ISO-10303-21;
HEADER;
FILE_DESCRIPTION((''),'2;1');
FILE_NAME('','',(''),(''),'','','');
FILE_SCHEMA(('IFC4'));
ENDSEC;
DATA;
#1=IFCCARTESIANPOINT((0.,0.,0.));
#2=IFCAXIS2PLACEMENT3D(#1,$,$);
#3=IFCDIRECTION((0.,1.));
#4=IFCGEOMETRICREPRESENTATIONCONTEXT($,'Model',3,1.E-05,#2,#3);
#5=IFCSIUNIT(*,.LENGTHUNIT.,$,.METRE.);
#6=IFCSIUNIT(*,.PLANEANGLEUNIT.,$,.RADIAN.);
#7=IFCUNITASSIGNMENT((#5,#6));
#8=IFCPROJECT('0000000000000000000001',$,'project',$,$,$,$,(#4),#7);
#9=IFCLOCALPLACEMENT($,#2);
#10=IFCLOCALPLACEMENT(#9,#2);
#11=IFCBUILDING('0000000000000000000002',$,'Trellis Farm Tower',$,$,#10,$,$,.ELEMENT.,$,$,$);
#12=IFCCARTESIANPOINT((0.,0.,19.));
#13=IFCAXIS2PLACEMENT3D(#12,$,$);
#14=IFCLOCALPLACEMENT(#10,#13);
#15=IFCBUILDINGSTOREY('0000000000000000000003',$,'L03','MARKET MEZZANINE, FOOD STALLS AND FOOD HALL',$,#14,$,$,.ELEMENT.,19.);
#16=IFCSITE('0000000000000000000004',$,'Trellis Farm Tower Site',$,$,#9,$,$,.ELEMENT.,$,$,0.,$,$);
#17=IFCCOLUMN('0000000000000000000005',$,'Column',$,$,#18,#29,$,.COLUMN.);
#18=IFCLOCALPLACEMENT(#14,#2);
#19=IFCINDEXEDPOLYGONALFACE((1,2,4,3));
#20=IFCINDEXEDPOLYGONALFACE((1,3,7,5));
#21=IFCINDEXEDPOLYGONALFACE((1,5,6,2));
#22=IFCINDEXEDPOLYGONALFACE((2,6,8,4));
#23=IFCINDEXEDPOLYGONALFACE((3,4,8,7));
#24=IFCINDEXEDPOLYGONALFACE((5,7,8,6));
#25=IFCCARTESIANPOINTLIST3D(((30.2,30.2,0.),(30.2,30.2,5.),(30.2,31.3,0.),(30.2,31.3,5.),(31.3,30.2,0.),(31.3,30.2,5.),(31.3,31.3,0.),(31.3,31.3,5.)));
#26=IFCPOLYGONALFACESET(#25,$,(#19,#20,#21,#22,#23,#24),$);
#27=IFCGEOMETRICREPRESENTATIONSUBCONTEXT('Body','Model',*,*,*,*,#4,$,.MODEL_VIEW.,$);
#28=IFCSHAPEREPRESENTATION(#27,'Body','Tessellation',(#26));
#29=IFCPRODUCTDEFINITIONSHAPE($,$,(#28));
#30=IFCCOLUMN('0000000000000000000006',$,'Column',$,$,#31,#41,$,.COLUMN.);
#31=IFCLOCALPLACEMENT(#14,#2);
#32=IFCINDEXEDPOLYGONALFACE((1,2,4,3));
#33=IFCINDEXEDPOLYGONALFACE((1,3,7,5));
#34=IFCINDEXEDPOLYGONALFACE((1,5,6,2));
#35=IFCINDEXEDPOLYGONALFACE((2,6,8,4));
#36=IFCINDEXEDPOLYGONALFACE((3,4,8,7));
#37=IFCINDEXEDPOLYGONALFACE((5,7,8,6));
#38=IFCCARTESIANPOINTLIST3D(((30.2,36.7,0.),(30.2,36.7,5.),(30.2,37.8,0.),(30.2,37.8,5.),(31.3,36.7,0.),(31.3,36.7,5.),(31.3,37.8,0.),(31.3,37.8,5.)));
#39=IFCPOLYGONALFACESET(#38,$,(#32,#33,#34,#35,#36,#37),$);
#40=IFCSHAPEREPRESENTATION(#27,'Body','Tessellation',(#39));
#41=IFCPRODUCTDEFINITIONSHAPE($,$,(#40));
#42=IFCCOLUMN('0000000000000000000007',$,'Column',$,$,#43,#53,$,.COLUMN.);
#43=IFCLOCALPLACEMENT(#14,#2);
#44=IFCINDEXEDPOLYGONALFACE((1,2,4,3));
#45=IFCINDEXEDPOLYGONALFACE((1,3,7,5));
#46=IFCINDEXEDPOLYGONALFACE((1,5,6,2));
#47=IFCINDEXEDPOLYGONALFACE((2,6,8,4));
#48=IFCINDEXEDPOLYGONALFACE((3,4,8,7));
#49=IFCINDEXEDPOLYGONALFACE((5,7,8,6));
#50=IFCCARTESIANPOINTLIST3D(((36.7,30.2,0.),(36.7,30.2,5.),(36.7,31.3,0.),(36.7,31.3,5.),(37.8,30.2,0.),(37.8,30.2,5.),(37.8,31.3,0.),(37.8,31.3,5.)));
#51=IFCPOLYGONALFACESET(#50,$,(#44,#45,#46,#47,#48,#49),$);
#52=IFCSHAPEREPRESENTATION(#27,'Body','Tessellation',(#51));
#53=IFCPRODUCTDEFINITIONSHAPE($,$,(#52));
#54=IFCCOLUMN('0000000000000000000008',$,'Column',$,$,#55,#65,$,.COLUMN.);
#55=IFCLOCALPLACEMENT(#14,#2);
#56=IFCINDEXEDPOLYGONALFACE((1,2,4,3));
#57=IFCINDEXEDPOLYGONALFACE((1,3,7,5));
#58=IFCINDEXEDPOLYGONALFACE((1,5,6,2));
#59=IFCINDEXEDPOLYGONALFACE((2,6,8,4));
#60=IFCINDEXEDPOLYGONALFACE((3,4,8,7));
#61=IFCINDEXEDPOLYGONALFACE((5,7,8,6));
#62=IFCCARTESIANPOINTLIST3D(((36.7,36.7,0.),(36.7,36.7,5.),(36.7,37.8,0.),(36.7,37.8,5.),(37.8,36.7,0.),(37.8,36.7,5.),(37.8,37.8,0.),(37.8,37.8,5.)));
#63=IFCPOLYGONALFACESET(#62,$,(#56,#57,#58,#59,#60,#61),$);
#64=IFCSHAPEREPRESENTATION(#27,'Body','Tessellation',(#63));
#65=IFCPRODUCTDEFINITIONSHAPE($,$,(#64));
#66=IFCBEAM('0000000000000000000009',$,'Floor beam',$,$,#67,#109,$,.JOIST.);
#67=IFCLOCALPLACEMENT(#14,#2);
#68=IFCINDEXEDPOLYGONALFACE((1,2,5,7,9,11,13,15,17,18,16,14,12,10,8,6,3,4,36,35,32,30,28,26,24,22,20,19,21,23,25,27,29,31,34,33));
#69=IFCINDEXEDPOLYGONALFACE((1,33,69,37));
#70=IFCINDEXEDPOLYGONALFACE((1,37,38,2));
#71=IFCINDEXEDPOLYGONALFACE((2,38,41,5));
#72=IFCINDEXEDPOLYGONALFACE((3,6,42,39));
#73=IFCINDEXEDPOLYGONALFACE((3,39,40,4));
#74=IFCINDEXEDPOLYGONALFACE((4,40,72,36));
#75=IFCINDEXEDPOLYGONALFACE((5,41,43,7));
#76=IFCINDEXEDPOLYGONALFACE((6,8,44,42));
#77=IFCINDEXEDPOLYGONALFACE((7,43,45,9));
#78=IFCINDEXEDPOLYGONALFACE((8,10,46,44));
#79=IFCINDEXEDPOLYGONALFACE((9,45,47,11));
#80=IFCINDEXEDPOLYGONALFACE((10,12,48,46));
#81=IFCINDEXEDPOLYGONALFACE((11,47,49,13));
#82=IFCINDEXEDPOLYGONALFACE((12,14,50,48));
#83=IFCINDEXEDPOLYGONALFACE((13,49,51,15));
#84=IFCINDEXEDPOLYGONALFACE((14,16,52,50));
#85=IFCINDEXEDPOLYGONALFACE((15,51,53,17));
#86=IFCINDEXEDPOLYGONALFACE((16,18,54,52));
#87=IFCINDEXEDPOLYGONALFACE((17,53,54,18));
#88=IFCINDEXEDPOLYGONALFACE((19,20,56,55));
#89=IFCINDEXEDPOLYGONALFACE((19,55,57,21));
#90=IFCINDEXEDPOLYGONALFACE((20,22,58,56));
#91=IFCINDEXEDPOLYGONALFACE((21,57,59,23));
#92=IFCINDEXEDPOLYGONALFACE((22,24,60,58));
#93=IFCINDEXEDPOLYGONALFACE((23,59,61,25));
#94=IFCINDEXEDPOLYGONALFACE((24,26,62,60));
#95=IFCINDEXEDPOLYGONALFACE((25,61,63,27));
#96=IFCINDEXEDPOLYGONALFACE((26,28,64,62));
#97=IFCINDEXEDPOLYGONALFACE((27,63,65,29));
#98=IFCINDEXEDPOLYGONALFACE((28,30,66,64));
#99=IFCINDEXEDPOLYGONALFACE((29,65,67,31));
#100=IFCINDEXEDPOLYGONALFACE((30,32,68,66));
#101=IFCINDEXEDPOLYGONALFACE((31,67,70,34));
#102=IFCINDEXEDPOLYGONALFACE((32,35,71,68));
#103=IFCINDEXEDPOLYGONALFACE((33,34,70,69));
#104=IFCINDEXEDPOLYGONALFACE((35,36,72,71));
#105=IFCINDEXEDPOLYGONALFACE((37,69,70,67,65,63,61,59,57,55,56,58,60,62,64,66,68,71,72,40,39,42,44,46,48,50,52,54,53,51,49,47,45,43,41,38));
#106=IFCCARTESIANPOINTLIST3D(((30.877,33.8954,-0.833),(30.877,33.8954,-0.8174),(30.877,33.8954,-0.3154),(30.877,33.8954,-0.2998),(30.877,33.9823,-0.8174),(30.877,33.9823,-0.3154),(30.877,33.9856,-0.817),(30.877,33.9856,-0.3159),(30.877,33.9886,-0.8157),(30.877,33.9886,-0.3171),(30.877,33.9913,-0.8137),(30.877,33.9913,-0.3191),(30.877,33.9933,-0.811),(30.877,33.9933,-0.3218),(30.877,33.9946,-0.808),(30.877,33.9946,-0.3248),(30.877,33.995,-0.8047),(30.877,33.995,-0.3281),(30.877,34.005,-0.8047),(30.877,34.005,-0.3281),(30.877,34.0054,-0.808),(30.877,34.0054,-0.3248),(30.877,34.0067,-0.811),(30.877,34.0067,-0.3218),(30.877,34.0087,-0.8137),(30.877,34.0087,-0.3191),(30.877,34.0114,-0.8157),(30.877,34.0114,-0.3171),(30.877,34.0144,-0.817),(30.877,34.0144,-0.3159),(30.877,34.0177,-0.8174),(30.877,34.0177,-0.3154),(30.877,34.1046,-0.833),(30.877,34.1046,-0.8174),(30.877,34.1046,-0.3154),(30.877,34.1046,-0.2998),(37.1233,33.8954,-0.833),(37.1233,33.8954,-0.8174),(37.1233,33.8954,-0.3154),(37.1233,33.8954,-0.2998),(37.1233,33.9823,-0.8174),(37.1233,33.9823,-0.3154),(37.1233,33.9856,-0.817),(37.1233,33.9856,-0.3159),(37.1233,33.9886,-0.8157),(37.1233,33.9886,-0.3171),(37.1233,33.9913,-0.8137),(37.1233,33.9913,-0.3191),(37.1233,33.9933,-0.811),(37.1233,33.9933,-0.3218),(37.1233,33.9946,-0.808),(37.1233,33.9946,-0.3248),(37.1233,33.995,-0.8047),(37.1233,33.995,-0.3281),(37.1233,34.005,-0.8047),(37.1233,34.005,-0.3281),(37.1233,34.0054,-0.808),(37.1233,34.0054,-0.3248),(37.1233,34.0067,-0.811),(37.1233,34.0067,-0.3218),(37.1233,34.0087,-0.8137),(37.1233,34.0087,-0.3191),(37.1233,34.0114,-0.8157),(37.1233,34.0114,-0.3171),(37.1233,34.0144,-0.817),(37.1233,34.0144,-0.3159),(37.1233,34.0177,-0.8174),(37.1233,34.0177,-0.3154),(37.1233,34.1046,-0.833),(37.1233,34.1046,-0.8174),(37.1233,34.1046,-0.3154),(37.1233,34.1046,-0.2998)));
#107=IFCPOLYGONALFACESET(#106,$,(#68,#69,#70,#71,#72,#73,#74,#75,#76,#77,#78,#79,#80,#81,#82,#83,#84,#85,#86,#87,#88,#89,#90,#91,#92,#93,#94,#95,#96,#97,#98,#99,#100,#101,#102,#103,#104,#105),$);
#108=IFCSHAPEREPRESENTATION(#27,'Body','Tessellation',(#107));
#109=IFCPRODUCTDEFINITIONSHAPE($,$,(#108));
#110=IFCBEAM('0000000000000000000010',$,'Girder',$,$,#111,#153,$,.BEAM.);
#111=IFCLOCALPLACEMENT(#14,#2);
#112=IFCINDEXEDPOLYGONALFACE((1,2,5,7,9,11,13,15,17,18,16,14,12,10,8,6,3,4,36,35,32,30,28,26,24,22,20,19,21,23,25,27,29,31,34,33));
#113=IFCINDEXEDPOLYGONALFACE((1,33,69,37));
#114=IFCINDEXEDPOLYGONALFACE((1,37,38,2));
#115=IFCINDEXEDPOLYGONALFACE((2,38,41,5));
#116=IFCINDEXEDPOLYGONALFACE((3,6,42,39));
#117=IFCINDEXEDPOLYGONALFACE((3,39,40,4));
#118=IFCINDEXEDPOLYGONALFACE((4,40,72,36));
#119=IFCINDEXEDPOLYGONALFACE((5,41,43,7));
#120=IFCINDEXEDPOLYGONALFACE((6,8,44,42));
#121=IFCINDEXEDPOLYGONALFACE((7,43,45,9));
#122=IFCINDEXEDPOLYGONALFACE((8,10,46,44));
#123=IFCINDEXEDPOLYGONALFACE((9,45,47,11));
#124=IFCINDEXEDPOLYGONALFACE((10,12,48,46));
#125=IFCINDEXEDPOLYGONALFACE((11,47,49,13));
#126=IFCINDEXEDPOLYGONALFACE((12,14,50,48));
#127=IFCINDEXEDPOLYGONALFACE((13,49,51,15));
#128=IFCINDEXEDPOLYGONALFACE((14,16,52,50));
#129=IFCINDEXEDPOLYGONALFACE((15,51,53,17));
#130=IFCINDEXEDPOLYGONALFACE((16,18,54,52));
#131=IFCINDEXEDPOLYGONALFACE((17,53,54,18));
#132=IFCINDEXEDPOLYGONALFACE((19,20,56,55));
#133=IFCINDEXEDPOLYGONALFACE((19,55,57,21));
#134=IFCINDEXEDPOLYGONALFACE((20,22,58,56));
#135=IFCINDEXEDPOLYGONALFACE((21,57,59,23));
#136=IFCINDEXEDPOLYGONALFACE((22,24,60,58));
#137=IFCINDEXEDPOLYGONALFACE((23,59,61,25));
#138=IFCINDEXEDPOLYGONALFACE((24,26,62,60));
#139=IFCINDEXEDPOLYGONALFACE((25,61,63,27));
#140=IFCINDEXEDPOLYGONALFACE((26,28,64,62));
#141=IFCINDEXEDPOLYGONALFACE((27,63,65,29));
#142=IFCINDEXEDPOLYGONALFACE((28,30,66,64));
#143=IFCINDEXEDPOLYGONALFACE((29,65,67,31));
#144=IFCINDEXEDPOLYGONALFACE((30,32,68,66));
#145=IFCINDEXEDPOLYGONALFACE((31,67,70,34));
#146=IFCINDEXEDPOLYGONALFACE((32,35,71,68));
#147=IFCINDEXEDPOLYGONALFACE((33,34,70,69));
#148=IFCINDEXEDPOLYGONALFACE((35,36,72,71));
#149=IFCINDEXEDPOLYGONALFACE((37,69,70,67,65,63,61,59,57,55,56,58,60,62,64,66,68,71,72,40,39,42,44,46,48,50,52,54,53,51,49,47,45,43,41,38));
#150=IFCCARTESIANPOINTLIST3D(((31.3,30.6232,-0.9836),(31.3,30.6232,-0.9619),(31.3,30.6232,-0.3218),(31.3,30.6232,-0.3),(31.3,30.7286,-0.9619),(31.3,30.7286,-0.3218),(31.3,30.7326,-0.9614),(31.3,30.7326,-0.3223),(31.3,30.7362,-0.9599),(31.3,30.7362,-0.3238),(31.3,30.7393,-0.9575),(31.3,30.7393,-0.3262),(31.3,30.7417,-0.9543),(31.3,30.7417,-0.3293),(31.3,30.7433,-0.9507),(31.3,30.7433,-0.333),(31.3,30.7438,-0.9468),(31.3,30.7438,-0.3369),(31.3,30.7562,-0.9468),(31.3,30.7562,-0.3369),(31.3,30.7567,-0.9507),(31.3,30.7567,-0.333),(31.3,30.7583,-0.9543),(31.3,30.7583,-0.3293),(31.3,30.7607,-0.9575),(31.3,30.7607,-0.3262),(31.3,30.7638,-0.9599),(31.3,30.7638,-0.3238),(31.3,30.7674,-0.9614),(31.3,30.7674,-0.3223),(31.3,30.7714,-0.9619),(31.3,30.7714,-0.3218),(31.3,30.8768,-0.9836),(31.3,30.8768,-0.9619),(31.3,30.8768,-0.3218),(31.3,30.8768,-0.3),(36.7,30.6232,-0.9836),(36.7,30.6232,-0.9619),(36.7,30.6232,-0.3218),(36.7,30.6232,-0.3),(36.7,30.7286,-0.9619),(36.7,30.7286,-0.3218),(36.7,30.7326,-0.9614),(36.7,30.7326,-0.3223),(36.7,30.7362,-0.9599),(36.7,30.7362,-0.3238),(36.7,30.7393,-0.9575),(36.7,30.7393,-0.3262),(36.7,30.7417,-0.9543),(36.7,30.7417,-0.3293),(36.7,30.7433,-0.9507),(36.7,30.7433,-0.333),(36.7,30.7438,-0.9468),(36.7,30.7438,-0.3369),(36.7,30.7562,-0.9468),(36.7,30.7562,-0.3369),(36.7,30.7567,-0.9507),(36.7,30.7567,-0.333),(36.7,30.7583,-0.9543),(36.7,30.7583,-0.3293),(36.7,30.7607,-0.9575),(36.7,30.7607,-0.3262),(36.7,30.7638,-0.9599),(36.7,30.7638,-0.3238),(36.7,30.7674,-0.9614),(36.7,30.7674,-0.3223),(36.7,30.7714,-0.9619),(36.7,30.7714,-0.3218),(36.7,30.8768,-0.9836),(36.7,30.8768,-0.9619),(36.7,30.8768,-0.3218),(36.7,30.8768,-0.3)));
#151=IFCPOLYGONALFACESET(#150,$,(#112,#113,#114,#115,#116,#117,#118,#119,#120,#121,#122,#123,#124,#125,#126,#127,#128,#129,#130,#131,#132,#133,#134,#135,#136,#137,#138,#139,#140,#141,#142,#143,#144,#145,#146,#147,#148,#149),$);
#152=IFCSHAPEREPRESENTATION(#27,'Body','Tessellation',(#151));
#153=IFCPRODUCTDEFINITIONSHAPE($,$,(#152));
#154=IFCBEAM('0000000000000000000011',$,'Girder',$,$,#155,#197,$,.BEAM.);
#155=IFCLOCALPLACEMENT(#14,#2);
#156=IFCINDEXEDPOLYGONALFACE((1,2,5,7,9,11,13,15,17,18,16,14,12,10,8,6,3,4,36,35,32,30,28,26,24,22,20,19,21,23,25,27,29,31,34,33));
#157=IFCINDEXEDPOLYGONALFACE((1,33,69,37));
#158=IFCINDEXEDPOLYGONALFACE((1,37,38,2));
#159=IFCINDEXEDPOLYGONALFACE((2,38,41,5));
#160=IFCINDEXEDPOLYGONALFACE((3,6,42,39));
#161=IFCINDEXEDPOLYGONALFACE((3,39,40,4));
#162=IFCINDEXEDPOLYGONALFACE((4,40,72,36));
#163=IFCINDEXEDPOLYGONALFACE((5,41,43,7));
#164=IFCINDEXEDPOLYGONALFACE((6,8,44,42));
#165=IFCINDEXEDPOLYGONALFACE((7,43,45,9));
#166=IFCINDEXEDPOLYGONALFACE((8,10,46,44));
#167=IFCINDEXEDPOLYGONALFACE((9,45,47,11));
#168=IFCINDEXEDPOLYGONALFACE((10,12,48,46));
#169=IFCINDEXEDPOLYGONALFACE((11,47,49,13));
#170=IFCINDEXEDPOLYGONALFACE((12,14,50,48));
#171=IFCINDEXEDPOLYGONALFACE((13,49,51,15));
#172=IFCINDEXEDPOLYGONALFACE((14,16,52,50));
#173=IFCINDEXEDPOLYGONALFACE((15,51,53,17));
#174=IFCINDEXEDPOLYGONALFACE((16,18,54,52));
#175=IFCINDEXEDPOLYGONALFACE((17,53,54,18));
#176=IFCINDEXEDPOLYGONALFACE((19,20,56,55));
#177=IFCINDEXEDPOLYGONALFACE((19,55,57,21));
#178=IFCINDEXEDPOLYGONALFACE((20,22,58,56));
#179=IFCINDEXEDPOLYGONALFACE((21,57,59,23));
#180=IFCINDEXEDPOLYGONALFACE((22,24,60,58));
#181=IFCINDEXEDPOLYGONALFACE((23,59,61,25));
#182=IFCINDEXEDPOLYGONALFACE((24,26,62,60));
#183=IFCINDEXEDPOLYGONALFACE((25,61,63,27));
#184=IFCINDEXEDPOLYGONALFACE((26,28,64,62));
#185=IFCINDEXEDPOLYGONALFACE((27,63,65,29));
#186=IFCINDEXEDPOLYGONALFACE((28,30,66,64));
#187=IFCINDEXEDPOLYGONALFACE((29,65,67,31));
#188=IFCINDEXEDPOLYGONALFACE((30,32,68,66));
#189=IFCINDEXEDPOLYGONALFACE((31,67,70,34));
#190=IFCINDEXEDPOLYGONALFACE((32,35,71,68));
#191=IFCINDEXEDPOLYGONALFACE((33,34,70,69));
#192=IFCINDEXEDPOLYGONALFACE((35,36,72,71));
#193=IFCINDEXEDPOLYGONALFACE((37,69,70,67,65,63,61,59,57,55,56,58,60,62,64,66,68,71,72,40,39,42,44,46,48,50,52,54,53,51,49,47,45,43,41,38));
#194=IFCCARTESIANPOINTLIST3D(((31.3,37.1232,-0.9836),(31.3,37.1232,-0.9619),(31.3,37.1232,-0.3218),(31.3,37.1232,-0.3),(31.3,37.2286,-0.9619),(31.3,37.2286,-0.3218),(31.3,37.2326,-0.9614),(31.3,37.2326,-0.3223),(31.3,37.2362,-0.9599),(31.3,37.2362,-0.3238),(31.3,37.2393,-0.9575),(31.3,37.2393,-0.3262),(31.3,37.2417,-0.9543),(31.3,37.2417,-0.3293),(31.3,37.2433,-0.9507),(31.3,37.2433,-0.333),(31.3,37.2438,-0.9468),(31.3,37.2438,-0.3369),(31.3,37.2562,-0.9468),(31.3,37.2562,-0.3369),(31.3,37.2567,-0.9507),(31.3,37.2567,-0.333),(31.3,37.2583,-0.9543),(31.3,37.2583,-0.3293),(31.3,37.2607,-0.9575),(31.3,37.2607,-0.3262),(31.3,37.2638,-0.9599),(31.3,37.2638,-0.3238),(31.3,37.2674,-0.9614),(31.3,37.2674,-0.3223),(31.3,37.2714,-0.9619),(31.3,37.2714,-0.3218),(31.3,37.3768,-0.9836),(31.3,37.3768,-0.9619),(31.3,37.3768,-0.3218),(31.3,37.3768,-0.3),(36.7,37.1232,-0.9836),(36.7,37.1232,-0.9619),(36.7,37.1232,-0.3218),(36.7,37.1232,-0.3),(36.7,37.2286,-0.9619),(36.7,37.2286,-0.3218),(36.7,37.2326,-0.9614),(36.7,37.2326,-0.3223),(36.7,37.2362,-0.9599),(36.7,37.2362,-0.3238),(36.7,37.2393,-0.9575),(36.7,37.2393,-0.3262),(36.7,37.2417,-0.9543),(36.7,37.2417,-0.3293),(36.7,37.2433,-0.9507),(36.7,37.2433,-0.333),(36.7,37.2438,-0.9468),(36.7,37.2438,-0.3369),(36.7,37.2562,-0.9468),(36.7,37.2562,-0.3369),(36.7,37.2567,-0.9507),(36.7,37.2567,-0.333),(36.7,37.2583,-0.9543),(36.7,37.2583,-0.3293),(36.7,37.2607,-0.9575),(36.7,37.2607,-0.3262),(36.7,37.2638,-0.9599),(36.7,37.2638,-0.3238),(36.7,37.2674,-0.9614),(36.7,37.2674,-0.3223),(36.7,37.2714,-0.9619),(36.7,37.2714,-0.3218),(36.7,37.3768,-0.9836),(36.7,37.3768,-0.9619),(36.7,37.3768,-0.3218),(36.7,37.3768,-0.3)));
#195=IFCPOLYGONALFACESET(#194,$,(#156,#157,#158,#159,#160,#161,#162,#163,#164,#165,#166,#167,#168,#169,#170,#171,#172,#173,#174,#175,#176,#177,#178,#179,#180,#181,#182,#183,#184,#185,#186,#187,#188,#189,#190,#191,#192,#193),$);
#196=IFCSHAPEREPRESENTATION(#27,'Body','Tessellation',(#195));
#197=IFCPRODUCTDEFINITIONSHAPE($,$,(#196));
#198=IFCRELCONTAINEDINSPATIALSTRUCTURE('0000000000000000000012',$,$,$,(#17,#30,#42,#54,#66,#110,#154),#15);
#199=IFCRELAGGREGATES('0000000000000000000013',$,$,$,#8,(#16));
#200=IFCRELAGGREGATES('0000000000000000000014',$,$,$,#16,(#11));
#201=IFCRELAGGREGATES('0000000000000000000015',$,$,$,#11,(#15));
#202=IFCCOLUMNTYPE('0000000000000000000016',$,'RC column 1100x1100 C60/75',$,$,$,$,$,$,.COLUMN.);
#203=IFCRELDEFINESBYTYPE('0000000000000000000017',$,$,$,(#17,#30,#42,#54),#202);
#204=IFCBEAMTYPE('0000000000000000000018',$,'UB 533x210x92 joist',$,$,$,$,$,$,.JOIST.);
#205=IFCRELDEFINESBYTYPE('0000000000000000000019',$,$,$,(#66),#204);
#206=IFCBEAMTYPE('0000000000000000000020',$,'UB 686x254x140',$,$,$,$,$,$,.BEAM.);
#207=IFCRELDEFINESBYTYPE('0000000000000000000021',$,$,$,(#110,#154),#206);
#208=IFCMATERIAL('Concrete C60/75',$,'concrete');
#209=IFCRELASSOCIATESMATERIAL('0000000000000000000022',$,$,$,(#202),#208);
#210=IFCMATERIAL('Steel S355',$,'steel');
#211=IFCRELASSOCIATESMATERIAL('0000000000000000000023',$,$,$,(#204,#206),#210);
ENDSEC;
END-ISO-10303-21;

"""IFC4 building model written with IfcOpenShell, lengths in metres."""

from ifc_helpers import new_model, si_unit, direction, frame, origin, origin_2d, place, context, subcontext, project, spatial, rectangle, i_section, extrude, source, transform, mapped, material, material_profile, profile_set, type_object, element, save


model = new_model("IFC4")

# Units and contexts
model_context = context("Model", 3, precision=1e-05, world=origin(), true_north=direction((0.0, 1.0)))
body_context = subcontext(model_context, "Body", "Model", "MODEL_VIEW")
ifc_project = project(units=[si_unit("LENGTHUNIT", "METRE"), si_unit("PLANEANGLEUNIT", "RADIAN")], contexts=[model_context])

# Site, building, storey
site_placement = place(None, origin())
site = spatial("IfcSite", under=ifc_project, at=site_placement, Name="Trellis Farm Tower Site", CompositionType="ELEMENT", RefElevation=0.0)
building_placement = place(site_placement, origin())
building = spatial("IfcBuilding", under=site, at=building_placement, Name="Trellis Farm Tower", CompositionType="ELEMENT")
storey_placement = place(building_placement, frame((0.0, 0.0, 19.0)))
storey = spatial("IfcBuildingStorey", under=building, at=storey_placement, Name="L03", Description="MARKET MEZZANINE, FOOD STALLS AND FOOD HALL", CompositionType="ELEMENT", Elevation=19.0)

# Columns
ifc_material_1 = material(Name="Concrete C60/75", Category="concrete")
ifc_material_profile_1 = material_profile(ifc_material_1, rectangle(XDim=1.1001, YDim=1.1001, at=origin_2d()), Name="RC column 1100x1100 C60/75")
ifc_profile_set_1 = profile_set([ifc_material_profile_1], Name="Concrete C60/75")
column_type = type_object("IfcColumnType", Name="RC column 1100x1100 C60/75", PredefinedType="COLUMN", material=ifc_profile_set_1)
shared_shape_1 = source(origin(), body_context, "Body", "SweptSolid", [
    extrude(rectangle(XDim=1.1001, YDim=1.1001, at=origin_2d()), origin(), (0.0, 0.0, 1.0), 5.0),
])
for number, where, z_axis, x_axis, name in (
    (1, (30.75, 30.75, 0.0), (0.0, 0.0, 1.0), (1.0, 0.0, 0.0), "Column"),
    (2, (30.75, 37.25, 0.0), (0.0, 0.0, 1.0), (1.0, 0.0, 0.0), "Column"),
    (3, (37.25, 30.75, 0.0), (0.0, 0.0, 1.0), (1.0, 0.0, 0.0), "Column"),
    (4, (37.25, 37.25, 0.0), (0.0, 0.0, 1.0), (1.0, 0.0, 0.0), "Column"),
):
    element("IfcColumn", number, at=place(storey_placement, frame(where, z_axis=z_axis, x_axis=x_axis)), inside=storey, type_object=column_type, Name=name, PredefinedType="COLUMN", context=body_context, shape_type="MappedRepresentation", body=[
        mapped(shared_shape_1, transform((0.0, 0.0, 0.0))),
    ])

# Beams
ifc_material_2 = material(Name="Steel S355", Category="steel")
ifc_material_profile_2 = material_profile(ifc_material_2, i_section(OverallWidth=0.2092, OverallDepth=0.5332, WebThickness=0.01, FlangeThickness=0.0156, FilletRadius=0.0127, at=origin_2d()), Name="UB 533x210x92")
ifc_profile_set_2 = profile_set([ifc_material_profile_2], Name="Steel S355")
beam_type_1 = type_object("IfcBeamType", Name="UB 533x210x92 joist", PredefinedType="JOIST", material=ifc_profile_set_2)
shared_shape_2 = source(origin(), body_context, "Body", "SweptSolid", [
    extrude(i_section(OverallWidth=0.2092, OverallDepth=0.5332, WebThickness=0.01, FlangeThickness=0.0156, FilletRadius=0.0127, at=origin_2d()), origin(), (0.0, 0.0, 1.0), 6.2463),
])
beam_placement = place(storey_placement, frame((30.877, 34.0, -0.5664), z_axis=(1.0, 0.0, 0.0), x_axis=(0.0, 1.0, 0.0)))
element("IfcBeam", 5, at=beam_placement, inside=storey, type_object=beam_type_1, Name="Floor beam", PredefinedType="JOIST", context=body_context, shape_type="MappedRepresentation", body=[
    mapped(shared_shape_2, transform((0.0, 0.0, 0.0))),
])
ifc_material_profile_3 = material_profile(ifc_material_2, i_section(OverallWidth=0.2537, OverallDepth=0.6836, WebThickness=0.0125, FlangeThickness=0.0217, FilletRadius=0.0151, at=origin_2d()), Name="UB 686x254x140")
ifc_profile_set_3 = profile_set([ifc_material_profile_3], Name="Steel S355")
beam_type_2 = type_object("IfcBeamType", Name="UB 686x254x140", PredefinedType="BEAM", material=ifc_profile_set_3)
shared_shape_3 = source(origin(), body_context, "Body", "SweptSolid", [
    extrude(i_section(OverallWidth=0.2537, OverallDepth=0.6836, WebThickness=0.0125, FlangeThickness=0.0217, FilletRadius=0.0151, at=origin_2d()), origin(), (0.0, 0.0, 1.0), 5.3999),
])
for number, where, z_axis, x_axis, name in (
    (6, (31.3, 30.75, -0.6418), (1.0, 0.0, 0.0), (0.0, 1.0, 0.0), "Girder"),
    (7, (31.3, 37.25, -0.6418), (1.0, 0.0, 0.0), (0.0, 1.0, 0.0), "Girder"),
):
    element("IfcBeam", number, at=place(storey_placement, frame(where, z_axis=z_axis, x_axis=x_axis)), inside=storey, type_object=beam_type_2, Name=name, PredefinedType="BEAM", context=body_context, shape_type="MappedRepresentation", body=[
        mapped(shared_shape_3, transform((0.0, 0.0, 0.0))),
    ])

save(model, "model.ifc")
